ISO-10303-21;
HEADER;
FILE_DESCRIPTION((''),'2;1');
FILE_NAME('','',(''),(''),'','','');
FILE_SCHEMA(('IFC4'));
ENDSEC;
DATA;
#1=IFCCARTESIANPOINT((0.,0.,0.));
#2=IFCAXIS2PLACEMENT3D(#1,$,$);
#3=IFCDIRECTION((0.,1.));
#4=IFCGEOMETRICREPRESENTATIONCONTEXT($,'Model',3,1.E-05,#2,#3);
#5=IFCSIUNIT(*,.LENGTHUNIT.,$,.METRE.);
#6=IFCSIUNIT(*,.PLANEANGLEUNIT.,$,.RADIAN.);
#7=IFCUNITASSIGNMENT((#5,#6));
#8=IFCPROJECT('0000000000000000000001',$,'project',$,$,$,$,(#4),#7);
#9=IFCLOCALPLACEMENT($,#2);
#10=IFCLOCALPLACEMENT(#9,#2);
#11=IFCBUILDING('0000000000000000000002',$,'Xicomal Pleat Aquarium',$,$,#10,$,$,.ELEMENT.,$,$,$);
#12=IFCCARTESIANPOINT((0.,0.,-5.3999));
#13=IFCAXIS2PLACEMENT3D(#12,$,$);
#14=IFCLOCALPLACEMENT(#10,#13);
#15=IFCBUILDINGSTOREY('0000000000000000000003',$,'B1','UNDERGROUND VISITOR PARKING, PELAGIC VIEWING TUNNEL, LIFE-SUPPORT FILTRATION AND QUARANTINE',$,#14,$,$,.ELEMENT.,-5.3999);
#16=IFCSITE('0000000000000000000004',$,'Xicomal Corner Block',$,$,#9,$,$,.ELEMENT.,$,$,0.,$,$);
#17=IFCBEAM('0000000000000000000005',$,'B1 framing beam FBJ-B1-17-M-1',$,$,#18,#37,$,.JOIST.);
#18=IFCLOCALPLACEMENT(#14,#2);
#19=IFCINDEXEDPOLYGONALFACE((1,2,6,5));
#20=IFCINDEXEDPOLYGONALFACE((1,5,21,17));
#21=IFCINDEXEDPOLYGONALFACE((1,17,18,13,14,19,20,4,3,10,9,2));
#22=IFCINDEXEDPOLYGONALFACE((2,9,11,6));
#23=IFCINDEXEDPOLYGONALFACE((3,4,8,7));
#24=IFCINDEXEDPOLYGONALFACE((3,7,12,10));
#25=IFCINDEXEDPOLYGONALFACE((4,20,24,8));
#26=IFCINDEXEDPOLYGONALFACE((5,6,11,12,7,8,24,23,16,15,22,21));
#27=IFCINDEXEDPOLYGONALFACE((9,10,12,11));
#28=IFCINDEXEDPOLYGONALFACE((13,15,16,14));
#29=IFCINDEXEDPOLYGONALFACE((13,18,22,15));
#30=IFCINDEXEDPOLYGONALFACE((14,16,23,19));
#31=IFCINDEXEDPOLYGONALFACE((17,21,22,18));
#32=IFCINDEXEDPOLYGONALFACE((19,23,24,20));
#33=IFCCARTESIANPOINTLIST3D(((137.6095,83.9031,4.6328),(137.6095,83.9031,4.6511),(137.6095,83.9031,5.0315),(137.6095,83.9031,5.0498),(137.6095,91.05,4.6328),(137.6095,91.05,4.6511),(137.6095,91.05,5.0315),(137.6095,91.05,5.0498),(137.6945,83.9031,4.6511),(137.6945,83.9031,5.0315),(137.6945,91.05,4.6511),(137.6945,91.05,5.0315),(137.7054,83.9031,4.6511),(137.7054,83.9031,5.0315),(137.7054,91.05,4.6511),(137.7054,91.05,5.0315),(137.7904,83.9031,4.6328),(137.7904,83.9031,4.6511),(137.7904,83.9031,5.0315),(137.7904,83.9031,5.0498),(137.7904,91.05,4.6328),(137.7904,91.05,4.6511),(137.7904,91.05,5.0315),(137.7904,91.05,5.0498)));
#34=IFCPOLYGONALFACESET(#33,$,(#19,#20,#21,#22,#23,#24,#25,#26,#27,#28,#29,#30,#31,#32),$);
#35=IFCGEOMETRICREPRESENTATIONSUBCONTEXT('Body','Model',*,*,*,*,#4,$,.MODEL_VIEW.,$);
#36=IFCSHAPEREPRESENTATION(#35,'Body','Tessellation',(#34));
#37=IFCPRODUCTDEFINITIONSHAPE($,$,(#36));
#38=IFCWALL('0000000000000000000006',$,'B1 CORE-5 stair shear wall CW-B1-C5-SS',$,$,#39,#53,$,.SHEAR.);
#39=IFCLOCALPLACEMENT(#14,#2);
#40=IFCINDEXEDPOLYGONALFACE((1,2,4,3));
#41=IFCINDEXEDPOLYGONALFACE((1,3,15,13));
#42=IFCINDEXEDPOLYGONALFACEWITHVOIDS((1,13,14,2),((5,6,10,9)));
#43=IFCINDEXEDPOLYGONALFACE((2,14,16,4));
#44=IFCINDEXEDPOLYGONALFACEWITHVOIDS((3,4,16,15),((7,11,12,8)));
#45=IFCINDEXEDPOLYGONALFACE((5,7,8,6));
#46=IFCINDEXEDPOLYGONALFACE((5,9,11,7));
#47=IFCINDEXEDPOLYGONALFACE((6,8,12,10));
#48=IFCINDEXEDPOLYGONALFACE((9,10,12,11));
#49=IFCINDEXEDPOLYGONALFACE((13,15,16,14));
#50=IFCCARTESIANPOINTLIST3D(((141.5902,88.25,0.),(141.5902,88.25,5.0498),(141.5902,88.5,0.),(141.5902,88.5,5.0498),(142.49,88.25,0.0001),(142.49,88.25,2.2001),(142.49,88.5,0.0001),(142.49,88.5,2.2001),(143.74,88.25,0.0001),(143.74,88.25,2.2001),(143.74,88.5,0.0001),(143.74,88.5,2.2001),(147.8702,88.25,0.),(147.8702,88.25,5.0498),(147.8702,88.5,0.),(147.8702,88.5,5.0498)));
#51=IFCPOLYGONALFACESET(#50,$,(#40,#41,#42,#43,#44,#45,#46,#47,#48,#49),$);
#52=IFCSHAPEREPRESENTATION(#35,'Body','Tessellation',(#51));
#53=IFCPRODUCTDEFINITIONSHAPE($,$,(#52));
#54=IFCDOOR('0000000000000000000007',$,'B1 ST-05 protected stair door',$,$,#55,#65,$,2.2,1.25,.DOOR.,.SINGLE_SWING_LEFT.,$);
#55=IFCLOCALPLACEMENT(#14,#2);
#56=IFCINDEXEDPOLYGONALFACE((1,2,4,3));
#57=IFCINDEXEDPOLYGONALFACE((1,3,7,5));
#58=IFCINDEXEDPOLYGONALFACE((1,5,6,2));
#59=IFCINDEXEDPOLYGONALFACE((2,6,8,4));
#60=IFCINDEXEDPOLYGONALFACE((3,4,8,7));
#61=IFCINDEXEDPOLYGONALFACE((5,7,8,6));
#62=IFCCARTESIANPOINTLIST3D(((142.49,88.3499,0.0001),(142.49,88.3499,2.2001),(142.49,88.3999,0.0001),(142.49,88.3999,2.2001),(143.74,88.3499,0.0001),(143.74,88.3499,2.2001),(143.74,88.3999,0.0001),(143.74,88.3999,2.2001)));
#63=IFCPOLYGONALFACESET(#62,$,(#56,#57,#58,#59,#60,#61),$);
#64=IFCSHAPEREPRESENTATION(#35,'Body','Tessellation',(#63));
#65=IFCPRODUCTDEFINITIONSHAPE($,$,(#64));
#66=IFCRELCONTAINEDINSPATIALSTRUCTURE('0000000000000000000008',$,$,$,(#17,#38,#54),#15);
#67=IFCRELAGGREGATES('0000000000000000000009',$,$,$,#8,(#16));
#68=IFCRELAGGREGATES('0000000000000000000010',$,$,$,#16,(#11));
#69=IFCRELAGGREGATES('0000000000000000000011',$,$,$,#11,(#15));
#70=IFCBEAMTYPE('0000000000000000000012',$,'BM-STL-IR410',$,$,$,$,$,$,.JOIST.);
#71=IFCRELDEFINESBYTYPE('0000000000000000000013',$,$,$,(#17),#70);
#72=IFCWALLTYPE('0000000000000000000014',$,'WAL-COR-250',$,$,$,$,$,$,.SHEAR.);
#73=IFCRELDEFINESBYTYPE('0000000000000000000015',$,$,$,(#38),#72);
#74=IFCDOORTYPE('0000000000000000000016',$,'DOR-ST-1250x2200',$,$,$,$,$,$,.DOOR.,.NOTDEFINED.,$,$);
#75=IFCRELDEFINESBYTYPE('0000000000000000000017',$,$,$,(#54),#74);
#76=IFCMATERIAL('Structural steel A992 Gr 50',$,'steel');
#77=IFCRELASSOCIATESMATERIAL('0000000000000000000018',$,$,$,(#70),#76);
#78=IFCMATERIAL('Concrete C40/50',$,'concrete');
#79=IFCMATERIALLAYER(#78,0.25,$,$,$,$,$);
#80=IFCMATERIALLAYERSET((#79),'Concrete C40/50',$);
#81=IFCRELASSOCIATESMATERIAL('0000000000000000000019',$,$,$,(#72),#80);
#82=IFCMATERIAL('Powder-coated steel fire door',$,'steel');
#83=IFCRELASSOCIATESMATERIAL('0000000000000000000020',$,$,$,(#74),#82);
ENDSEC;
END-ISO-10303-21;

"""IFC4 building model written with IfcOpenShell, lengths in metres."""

from ifc_helpers import new_model, si_unit, direction, frame, frame_2d, origin, origin_2d, place, context, subcontext, project, spatial, rectangle, i_section, extrude, material, layer, layer_set, material_profile, profile_set, type_object, element, fill, save


model = new_model("IFC4")

# Units and contexts
model_context = context("Model", 3, precision=1e-05, world=origin(), true_north=direction((0.0, 1.0)))
body_context = subcontext(model_context, "Body", "Model", "MODEL_VIEW")
ifc_project = project(units=[si_unit("LENGTHUNIT", "METRE"), si_unit("PLANEANGLEUNIT", "RADIAN")], contexts=[model_context])

# Site, building, storey
site_placement = place(None, origin())
site = spatial("IfcSite", under=ifc_project, at=site_placement, Name="Xicomal Corner Block", CompositionType="ELEMENT", RefElevation=0.0)
building_placement = place(site_placement, origin())
building = spatial("IfcBuilding", under=site, at=building_placement, Name="Xicomal Pleat Aquarium", CompositionType="ELEMENT")
storey_placement = place(building_placement, frame((0.0, 0.0, -5.3999)))
storey = spatial("IfcBuildingStorey", under=building, at=storey_placement, Name="B1", Description="UNDERGROUND VISITOR PARKING, PELAGIC VIEWING TUNNEL, LIFE-SUPPORT FILTRATION AND QUARANTINE", CompositionType="ELEMENT", Elevation=-5.3999)

# Beam
ifc_material_1 = material(Name="Structural steel A992 Gr 50", Category="steel")
ifc_material_profile_1 = material_profile(ifc_material_1, i_section(OverallWidth=0.1809, OverallDepth=0.417, WebThickness=0.011, FlangeThickness=0.0183, at=origin_2d()), Name="IR 410x85")
ifc_profile_set_1 = profile_set([ifc_material_profile_1], Name="Structural steel A992 Gr 50")
beam_type_1 = type_object("IfcBeamType", Name="BM-STL-IR410", PredefinedType="JOIST", material=ifc_profile_set_1)
beam_1_placement = place(storey_placement, frame((137.7, 83.9031, 4.8413), z_axis=(0.0, 1.0, 0.0), x_axis=(-1.0, 0.0, 0.0)))
element("IfcBeam", 1, at=beam_1_placement, inside=storey, type_object=beam_type_1, Name="B1 framing beam FBJ-B1-17-M-1", PredefinedType="JOIST", context=body_context, shape_type="SweptSolid", body=[
    extrude(i_section(OverallWidth=0.1809, OverallDepth=0.417, WebThickness=0.011, FlangeThickness=0.0183, at=origin_2d()), origin(), (0.0, 0.0, 1.0), 7.147),
])

# Wall, opening, door
ifc_material_2 = material(Name="Concrete C40/50", Category="concrete")
ifc_layer = layer(ifc_material_2, 0.25)
ifc_layer_set = layer_set([ifc_layer], Name="Concrete C40/50")
wall_type = type_object("IfcWallType", Name="WAL-COR-250", PredefinedType="SHEAR", material=ifc_layer_set)
wall_placement = place(storey_placement, frame((141.5901, 88.375, 0.0), z_axis=(0.0, 0.0, 1.0), x_axis=(1.0, 0.0, 0.0)))
wall = element("IfcWall", 2, at=wall_placement, inside=storey, type_object=wall_type, Name="B1 CORE-5 stair shear wall CW-B1-C5-SS", PredefinedType="SHEAR", context=body_context, shape_type="SweptSolid", body=[
    extrude(rectangle(XDim=6.28, YDim=0.25, at=frame_2d((3.1401, 0.0))), origin(), (0.0, 0.0, 1.0), 5.0498),
])
opening_placement = place(wall_placement, frame((0.8999, 0.0, 0.0)))
opening = element("IfcOpeningElement", 3, at=opening_placement, cuts=wall, PredefinedType="OPENING", context=body_context, shape_type="SweptSolid", body=[
    extrude(rectangle(XDim=1.25, YDim=2.2, at=frame_2d((0.625, 1.1001))), frame((0.0, 0.135, 0.0), z_axis=(0.0, -1.0, 0.0), x_axis=(1.0, 0.0, 0.0)), (0.0, 0.0, 1.0), 0.27),
])
ifc_material_3 = material(Name="Powder-coated steel fire door", Category="steel")
door_type = type_object("IfcDoorType", Name="DOR-ST-1250x2200", OperationType="NOTDEFINED", PredefinedType="DOOR", material=ifc_material_3)
door_placement = place(opening_placement, origin())
door = element("IfcDoor", 4, at=door_placement, inside=storey, type_object=door_type, Name="B1 ST-05 protected stair door", OperationType="SINGLE_SWING_LEFT", OverallHeight=2.2, OverallWidth=1.25, PredefinedType="DOOR", context=body_context, shape_type="SweptSolid", body=[
    extrude(rectangle(XDim=1.25, YDim=2.2, at=frame_2d((0.625, 1.1001))), frame((0.0, 0.0249, 0.0), z_axis=(0.0, -1.0, 0.0), x_axis=(1.0, 0.0, 0.0)), (0.0, 0.0, 1.0), 0.05),
])
fill(opening, door)

save(model, "model.ifc")
